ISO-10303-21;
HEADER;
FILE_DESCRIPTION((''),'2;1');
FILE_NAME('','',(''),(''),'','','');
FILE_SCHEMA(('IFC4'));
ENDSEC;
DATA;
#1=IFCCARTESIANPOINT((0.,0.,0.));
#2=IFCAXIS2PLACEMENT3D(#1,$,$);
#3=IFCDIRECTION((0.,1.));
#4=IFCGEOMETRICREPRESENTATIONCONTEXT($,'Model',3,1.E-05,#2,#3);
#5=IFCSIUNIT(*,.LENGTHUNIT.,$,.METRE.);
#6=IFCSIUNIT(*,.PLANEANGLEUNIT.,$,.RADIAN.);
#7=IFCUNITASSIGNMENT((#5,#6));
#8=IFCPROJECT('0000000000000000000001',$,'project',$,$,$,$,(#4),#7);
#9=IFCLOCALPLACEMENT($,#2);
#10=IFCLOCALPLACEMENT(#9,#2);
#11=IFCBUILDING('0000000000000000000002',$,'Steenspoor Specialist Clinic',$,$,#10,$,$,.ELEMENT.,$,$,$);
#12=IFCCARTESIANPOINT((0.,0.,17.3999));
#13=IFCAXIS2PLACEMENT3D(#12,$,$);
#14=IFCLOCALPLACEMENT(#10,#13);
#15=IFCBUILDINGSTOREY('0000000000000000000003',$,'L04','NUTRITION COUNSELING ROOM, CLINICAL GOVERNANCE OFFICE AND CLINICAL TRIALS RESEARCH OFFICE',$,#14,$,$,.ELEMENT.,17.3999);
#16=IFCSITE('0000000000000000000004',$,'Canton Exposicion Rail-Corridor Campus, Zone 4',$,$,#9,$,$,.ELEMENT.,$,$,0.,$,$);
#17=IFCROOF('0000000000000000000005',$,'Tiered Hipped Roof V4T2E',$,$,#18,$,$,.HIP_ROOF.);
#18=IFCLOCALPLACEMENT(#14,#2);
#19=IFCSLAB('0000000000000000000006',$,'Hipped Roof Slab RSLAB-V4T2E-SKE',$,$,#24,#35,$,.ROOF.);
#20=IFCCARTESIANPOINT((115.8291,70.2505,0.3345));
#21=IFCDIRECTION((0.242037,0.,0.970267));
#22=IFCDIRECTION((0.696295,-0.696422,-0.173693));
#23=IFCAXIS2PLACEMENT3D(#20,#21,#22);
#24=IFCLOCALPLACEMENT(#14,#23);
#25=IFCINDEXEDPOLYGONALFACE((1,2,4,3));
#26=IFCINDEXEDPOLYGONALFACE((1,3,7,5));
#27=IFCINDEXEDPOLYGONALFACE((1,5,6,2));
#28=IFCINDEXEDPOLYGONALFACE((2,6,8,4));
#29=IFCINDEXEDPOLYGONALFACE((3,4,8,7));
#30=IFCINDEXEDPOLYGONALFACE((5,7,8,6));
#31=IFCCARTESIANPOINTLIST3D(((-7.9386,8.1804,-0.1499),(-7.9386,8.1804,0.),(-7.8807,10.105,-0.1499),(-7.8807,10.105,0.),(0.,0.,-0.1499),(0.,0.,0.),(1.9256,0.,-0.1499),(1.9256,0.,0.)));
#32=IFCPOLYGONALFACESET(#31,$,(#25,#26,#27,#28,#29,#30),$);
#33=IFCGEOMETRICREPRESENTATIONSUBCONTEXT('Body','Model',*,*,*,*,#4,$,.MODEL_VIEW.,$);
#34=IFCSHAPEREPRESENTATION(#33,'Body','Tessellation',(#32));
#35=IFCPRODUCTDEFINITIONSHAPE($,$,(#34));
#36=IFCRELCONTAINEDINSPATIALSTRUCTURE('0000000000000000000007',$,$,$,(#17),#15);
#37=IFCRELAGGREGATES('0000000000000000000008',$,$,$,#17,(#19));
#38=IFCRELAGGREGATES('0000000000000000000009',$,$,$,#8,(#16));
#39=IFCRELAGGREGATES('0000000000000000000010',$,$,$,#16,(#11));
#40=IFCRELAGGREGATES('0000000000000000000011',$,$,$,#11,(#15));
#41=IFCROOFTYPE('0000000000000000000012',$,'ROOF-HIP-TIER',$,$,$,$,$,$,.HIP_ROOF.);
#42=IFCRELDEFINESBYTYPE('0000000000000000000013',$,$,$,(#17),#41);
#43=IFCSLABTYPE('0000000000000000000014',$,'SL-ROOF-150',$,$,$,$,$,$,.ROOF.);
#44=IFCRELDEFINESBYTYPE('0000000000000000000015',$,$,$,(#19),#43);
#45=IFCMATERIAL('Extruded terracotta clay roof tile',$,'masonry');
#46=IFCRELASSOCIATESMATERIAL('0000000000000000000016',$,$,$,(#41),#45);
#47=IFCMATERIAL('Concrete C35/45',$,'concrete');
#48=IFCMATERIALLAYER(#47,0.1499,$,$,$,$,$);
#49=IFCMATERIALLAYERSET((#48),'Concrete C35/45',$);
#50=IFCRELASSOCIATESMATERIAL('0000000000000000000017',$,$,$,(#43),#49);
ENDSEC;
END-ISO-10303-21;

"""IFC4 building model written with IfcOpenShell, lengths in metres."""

from ifc_helpers import new_model, si_unit, direction, frame, origin, place, context, subcontext, project, spatial, polyline, outline, extrude, material, layer, layer_set, type_object, element, aggregate, save


model = new_model("IFC4")

# Units and contexts
model_context = context("Model", 3, precision=1e-05, world=origin(), true_north=direction((0.0, 1.0)))
body_context = subcontext(model_context, "Body", "Model", "MODEL_VIEW")
ifc_project = project(units=[si_unit("LENGTHUNIT", "METRE"), si_unit("PLANEANGLEUNIT", "RADIAN")], contexts=[model_context])

# Site, building, storey
site_placement = place(None, origin())
site = spatial("IfcSite", under=ifc_project, at=site_placement, Name="Canton Exposicion Rail-Corridor Campus, Zone 4", CompositionType="ELEMENT", RefElevation=0.0)
building_placement = place(site_placement, origin())
building = spatial("IfcBuilding", under=site, at=building_placement, Name="Steenspoor Specialist Clinic", CompositionType="ELEMENT")
storey_placement = place(building_placement, frame((0.0, 0.0, 17.3999)))
storey = spatial("IfcBuildingStorey", under=building, at=storey_placement, Name="L04", Description="NUTRITION COUNSELING ROOM, CLINICAL GOVERNANCE OFFICE AND CLINICAL TRIALS RESEARCH OFFICE", CompositionType="ELEMENT", Elevation=17.3999)

# Roof, slab
ifc_material_1 = material(Name="Extruded terracotta clay roof tile", Category="masonry")
roof_type = type_object("IfcRoofType", Name="ROOF-HIP-TIER", PredefinedType="HIP_ROOF", material=ifc_material_1)
roof_placement = place(storey_placement, origin())
roof = element("IfcRoof", 1, at=roof_placement, inside=storey, type_object=roof_type, Name="Tiered Hipped Roof V4T2E", PredefinedType="HIP_ROOF")
ifc_material_2 = material(Name="Concrete C35/45", Category="concrete")
ifc_layer_1 = layer(ifc_material_2, 0.1499)
ifc_layer_set_1 = layer_set([ifc_layer_1], Name="Concrete C35/45")
slab_type = type_object("IfcSlabType", Name="SL-ROOF-150", PredefinedType="ROOF", material=ifc_layer_set_1)
slab_1_placement = place(storey_placement, frame((115.8291, 70.2505, 0.3345), z_axis=(0.242037, 0.0, 0.970267), x_axis=(0.696295, -0.696422, -0.173693)))
slab_1 = element("IfcSlab", 2, at=slab_1_placement, type_object=slab_type, Name="Hipped Roof Slab RSLAB-V4T2E-SKE", PredefinedType="ROOF", context=body_context, shape_type="SweptSolid", body=[
    extrude(outline(polyline([(0.0, 0.0), (1.9256, 0.0), (-7.8807, 10.105), (-7.9386, 8.1804), (0.0, 0.0)])), origin(), (0.0, 0.0, -1.0), 0.1499),
])
aggregate(roof, [slab_1])

save(model, "model.ifc")
